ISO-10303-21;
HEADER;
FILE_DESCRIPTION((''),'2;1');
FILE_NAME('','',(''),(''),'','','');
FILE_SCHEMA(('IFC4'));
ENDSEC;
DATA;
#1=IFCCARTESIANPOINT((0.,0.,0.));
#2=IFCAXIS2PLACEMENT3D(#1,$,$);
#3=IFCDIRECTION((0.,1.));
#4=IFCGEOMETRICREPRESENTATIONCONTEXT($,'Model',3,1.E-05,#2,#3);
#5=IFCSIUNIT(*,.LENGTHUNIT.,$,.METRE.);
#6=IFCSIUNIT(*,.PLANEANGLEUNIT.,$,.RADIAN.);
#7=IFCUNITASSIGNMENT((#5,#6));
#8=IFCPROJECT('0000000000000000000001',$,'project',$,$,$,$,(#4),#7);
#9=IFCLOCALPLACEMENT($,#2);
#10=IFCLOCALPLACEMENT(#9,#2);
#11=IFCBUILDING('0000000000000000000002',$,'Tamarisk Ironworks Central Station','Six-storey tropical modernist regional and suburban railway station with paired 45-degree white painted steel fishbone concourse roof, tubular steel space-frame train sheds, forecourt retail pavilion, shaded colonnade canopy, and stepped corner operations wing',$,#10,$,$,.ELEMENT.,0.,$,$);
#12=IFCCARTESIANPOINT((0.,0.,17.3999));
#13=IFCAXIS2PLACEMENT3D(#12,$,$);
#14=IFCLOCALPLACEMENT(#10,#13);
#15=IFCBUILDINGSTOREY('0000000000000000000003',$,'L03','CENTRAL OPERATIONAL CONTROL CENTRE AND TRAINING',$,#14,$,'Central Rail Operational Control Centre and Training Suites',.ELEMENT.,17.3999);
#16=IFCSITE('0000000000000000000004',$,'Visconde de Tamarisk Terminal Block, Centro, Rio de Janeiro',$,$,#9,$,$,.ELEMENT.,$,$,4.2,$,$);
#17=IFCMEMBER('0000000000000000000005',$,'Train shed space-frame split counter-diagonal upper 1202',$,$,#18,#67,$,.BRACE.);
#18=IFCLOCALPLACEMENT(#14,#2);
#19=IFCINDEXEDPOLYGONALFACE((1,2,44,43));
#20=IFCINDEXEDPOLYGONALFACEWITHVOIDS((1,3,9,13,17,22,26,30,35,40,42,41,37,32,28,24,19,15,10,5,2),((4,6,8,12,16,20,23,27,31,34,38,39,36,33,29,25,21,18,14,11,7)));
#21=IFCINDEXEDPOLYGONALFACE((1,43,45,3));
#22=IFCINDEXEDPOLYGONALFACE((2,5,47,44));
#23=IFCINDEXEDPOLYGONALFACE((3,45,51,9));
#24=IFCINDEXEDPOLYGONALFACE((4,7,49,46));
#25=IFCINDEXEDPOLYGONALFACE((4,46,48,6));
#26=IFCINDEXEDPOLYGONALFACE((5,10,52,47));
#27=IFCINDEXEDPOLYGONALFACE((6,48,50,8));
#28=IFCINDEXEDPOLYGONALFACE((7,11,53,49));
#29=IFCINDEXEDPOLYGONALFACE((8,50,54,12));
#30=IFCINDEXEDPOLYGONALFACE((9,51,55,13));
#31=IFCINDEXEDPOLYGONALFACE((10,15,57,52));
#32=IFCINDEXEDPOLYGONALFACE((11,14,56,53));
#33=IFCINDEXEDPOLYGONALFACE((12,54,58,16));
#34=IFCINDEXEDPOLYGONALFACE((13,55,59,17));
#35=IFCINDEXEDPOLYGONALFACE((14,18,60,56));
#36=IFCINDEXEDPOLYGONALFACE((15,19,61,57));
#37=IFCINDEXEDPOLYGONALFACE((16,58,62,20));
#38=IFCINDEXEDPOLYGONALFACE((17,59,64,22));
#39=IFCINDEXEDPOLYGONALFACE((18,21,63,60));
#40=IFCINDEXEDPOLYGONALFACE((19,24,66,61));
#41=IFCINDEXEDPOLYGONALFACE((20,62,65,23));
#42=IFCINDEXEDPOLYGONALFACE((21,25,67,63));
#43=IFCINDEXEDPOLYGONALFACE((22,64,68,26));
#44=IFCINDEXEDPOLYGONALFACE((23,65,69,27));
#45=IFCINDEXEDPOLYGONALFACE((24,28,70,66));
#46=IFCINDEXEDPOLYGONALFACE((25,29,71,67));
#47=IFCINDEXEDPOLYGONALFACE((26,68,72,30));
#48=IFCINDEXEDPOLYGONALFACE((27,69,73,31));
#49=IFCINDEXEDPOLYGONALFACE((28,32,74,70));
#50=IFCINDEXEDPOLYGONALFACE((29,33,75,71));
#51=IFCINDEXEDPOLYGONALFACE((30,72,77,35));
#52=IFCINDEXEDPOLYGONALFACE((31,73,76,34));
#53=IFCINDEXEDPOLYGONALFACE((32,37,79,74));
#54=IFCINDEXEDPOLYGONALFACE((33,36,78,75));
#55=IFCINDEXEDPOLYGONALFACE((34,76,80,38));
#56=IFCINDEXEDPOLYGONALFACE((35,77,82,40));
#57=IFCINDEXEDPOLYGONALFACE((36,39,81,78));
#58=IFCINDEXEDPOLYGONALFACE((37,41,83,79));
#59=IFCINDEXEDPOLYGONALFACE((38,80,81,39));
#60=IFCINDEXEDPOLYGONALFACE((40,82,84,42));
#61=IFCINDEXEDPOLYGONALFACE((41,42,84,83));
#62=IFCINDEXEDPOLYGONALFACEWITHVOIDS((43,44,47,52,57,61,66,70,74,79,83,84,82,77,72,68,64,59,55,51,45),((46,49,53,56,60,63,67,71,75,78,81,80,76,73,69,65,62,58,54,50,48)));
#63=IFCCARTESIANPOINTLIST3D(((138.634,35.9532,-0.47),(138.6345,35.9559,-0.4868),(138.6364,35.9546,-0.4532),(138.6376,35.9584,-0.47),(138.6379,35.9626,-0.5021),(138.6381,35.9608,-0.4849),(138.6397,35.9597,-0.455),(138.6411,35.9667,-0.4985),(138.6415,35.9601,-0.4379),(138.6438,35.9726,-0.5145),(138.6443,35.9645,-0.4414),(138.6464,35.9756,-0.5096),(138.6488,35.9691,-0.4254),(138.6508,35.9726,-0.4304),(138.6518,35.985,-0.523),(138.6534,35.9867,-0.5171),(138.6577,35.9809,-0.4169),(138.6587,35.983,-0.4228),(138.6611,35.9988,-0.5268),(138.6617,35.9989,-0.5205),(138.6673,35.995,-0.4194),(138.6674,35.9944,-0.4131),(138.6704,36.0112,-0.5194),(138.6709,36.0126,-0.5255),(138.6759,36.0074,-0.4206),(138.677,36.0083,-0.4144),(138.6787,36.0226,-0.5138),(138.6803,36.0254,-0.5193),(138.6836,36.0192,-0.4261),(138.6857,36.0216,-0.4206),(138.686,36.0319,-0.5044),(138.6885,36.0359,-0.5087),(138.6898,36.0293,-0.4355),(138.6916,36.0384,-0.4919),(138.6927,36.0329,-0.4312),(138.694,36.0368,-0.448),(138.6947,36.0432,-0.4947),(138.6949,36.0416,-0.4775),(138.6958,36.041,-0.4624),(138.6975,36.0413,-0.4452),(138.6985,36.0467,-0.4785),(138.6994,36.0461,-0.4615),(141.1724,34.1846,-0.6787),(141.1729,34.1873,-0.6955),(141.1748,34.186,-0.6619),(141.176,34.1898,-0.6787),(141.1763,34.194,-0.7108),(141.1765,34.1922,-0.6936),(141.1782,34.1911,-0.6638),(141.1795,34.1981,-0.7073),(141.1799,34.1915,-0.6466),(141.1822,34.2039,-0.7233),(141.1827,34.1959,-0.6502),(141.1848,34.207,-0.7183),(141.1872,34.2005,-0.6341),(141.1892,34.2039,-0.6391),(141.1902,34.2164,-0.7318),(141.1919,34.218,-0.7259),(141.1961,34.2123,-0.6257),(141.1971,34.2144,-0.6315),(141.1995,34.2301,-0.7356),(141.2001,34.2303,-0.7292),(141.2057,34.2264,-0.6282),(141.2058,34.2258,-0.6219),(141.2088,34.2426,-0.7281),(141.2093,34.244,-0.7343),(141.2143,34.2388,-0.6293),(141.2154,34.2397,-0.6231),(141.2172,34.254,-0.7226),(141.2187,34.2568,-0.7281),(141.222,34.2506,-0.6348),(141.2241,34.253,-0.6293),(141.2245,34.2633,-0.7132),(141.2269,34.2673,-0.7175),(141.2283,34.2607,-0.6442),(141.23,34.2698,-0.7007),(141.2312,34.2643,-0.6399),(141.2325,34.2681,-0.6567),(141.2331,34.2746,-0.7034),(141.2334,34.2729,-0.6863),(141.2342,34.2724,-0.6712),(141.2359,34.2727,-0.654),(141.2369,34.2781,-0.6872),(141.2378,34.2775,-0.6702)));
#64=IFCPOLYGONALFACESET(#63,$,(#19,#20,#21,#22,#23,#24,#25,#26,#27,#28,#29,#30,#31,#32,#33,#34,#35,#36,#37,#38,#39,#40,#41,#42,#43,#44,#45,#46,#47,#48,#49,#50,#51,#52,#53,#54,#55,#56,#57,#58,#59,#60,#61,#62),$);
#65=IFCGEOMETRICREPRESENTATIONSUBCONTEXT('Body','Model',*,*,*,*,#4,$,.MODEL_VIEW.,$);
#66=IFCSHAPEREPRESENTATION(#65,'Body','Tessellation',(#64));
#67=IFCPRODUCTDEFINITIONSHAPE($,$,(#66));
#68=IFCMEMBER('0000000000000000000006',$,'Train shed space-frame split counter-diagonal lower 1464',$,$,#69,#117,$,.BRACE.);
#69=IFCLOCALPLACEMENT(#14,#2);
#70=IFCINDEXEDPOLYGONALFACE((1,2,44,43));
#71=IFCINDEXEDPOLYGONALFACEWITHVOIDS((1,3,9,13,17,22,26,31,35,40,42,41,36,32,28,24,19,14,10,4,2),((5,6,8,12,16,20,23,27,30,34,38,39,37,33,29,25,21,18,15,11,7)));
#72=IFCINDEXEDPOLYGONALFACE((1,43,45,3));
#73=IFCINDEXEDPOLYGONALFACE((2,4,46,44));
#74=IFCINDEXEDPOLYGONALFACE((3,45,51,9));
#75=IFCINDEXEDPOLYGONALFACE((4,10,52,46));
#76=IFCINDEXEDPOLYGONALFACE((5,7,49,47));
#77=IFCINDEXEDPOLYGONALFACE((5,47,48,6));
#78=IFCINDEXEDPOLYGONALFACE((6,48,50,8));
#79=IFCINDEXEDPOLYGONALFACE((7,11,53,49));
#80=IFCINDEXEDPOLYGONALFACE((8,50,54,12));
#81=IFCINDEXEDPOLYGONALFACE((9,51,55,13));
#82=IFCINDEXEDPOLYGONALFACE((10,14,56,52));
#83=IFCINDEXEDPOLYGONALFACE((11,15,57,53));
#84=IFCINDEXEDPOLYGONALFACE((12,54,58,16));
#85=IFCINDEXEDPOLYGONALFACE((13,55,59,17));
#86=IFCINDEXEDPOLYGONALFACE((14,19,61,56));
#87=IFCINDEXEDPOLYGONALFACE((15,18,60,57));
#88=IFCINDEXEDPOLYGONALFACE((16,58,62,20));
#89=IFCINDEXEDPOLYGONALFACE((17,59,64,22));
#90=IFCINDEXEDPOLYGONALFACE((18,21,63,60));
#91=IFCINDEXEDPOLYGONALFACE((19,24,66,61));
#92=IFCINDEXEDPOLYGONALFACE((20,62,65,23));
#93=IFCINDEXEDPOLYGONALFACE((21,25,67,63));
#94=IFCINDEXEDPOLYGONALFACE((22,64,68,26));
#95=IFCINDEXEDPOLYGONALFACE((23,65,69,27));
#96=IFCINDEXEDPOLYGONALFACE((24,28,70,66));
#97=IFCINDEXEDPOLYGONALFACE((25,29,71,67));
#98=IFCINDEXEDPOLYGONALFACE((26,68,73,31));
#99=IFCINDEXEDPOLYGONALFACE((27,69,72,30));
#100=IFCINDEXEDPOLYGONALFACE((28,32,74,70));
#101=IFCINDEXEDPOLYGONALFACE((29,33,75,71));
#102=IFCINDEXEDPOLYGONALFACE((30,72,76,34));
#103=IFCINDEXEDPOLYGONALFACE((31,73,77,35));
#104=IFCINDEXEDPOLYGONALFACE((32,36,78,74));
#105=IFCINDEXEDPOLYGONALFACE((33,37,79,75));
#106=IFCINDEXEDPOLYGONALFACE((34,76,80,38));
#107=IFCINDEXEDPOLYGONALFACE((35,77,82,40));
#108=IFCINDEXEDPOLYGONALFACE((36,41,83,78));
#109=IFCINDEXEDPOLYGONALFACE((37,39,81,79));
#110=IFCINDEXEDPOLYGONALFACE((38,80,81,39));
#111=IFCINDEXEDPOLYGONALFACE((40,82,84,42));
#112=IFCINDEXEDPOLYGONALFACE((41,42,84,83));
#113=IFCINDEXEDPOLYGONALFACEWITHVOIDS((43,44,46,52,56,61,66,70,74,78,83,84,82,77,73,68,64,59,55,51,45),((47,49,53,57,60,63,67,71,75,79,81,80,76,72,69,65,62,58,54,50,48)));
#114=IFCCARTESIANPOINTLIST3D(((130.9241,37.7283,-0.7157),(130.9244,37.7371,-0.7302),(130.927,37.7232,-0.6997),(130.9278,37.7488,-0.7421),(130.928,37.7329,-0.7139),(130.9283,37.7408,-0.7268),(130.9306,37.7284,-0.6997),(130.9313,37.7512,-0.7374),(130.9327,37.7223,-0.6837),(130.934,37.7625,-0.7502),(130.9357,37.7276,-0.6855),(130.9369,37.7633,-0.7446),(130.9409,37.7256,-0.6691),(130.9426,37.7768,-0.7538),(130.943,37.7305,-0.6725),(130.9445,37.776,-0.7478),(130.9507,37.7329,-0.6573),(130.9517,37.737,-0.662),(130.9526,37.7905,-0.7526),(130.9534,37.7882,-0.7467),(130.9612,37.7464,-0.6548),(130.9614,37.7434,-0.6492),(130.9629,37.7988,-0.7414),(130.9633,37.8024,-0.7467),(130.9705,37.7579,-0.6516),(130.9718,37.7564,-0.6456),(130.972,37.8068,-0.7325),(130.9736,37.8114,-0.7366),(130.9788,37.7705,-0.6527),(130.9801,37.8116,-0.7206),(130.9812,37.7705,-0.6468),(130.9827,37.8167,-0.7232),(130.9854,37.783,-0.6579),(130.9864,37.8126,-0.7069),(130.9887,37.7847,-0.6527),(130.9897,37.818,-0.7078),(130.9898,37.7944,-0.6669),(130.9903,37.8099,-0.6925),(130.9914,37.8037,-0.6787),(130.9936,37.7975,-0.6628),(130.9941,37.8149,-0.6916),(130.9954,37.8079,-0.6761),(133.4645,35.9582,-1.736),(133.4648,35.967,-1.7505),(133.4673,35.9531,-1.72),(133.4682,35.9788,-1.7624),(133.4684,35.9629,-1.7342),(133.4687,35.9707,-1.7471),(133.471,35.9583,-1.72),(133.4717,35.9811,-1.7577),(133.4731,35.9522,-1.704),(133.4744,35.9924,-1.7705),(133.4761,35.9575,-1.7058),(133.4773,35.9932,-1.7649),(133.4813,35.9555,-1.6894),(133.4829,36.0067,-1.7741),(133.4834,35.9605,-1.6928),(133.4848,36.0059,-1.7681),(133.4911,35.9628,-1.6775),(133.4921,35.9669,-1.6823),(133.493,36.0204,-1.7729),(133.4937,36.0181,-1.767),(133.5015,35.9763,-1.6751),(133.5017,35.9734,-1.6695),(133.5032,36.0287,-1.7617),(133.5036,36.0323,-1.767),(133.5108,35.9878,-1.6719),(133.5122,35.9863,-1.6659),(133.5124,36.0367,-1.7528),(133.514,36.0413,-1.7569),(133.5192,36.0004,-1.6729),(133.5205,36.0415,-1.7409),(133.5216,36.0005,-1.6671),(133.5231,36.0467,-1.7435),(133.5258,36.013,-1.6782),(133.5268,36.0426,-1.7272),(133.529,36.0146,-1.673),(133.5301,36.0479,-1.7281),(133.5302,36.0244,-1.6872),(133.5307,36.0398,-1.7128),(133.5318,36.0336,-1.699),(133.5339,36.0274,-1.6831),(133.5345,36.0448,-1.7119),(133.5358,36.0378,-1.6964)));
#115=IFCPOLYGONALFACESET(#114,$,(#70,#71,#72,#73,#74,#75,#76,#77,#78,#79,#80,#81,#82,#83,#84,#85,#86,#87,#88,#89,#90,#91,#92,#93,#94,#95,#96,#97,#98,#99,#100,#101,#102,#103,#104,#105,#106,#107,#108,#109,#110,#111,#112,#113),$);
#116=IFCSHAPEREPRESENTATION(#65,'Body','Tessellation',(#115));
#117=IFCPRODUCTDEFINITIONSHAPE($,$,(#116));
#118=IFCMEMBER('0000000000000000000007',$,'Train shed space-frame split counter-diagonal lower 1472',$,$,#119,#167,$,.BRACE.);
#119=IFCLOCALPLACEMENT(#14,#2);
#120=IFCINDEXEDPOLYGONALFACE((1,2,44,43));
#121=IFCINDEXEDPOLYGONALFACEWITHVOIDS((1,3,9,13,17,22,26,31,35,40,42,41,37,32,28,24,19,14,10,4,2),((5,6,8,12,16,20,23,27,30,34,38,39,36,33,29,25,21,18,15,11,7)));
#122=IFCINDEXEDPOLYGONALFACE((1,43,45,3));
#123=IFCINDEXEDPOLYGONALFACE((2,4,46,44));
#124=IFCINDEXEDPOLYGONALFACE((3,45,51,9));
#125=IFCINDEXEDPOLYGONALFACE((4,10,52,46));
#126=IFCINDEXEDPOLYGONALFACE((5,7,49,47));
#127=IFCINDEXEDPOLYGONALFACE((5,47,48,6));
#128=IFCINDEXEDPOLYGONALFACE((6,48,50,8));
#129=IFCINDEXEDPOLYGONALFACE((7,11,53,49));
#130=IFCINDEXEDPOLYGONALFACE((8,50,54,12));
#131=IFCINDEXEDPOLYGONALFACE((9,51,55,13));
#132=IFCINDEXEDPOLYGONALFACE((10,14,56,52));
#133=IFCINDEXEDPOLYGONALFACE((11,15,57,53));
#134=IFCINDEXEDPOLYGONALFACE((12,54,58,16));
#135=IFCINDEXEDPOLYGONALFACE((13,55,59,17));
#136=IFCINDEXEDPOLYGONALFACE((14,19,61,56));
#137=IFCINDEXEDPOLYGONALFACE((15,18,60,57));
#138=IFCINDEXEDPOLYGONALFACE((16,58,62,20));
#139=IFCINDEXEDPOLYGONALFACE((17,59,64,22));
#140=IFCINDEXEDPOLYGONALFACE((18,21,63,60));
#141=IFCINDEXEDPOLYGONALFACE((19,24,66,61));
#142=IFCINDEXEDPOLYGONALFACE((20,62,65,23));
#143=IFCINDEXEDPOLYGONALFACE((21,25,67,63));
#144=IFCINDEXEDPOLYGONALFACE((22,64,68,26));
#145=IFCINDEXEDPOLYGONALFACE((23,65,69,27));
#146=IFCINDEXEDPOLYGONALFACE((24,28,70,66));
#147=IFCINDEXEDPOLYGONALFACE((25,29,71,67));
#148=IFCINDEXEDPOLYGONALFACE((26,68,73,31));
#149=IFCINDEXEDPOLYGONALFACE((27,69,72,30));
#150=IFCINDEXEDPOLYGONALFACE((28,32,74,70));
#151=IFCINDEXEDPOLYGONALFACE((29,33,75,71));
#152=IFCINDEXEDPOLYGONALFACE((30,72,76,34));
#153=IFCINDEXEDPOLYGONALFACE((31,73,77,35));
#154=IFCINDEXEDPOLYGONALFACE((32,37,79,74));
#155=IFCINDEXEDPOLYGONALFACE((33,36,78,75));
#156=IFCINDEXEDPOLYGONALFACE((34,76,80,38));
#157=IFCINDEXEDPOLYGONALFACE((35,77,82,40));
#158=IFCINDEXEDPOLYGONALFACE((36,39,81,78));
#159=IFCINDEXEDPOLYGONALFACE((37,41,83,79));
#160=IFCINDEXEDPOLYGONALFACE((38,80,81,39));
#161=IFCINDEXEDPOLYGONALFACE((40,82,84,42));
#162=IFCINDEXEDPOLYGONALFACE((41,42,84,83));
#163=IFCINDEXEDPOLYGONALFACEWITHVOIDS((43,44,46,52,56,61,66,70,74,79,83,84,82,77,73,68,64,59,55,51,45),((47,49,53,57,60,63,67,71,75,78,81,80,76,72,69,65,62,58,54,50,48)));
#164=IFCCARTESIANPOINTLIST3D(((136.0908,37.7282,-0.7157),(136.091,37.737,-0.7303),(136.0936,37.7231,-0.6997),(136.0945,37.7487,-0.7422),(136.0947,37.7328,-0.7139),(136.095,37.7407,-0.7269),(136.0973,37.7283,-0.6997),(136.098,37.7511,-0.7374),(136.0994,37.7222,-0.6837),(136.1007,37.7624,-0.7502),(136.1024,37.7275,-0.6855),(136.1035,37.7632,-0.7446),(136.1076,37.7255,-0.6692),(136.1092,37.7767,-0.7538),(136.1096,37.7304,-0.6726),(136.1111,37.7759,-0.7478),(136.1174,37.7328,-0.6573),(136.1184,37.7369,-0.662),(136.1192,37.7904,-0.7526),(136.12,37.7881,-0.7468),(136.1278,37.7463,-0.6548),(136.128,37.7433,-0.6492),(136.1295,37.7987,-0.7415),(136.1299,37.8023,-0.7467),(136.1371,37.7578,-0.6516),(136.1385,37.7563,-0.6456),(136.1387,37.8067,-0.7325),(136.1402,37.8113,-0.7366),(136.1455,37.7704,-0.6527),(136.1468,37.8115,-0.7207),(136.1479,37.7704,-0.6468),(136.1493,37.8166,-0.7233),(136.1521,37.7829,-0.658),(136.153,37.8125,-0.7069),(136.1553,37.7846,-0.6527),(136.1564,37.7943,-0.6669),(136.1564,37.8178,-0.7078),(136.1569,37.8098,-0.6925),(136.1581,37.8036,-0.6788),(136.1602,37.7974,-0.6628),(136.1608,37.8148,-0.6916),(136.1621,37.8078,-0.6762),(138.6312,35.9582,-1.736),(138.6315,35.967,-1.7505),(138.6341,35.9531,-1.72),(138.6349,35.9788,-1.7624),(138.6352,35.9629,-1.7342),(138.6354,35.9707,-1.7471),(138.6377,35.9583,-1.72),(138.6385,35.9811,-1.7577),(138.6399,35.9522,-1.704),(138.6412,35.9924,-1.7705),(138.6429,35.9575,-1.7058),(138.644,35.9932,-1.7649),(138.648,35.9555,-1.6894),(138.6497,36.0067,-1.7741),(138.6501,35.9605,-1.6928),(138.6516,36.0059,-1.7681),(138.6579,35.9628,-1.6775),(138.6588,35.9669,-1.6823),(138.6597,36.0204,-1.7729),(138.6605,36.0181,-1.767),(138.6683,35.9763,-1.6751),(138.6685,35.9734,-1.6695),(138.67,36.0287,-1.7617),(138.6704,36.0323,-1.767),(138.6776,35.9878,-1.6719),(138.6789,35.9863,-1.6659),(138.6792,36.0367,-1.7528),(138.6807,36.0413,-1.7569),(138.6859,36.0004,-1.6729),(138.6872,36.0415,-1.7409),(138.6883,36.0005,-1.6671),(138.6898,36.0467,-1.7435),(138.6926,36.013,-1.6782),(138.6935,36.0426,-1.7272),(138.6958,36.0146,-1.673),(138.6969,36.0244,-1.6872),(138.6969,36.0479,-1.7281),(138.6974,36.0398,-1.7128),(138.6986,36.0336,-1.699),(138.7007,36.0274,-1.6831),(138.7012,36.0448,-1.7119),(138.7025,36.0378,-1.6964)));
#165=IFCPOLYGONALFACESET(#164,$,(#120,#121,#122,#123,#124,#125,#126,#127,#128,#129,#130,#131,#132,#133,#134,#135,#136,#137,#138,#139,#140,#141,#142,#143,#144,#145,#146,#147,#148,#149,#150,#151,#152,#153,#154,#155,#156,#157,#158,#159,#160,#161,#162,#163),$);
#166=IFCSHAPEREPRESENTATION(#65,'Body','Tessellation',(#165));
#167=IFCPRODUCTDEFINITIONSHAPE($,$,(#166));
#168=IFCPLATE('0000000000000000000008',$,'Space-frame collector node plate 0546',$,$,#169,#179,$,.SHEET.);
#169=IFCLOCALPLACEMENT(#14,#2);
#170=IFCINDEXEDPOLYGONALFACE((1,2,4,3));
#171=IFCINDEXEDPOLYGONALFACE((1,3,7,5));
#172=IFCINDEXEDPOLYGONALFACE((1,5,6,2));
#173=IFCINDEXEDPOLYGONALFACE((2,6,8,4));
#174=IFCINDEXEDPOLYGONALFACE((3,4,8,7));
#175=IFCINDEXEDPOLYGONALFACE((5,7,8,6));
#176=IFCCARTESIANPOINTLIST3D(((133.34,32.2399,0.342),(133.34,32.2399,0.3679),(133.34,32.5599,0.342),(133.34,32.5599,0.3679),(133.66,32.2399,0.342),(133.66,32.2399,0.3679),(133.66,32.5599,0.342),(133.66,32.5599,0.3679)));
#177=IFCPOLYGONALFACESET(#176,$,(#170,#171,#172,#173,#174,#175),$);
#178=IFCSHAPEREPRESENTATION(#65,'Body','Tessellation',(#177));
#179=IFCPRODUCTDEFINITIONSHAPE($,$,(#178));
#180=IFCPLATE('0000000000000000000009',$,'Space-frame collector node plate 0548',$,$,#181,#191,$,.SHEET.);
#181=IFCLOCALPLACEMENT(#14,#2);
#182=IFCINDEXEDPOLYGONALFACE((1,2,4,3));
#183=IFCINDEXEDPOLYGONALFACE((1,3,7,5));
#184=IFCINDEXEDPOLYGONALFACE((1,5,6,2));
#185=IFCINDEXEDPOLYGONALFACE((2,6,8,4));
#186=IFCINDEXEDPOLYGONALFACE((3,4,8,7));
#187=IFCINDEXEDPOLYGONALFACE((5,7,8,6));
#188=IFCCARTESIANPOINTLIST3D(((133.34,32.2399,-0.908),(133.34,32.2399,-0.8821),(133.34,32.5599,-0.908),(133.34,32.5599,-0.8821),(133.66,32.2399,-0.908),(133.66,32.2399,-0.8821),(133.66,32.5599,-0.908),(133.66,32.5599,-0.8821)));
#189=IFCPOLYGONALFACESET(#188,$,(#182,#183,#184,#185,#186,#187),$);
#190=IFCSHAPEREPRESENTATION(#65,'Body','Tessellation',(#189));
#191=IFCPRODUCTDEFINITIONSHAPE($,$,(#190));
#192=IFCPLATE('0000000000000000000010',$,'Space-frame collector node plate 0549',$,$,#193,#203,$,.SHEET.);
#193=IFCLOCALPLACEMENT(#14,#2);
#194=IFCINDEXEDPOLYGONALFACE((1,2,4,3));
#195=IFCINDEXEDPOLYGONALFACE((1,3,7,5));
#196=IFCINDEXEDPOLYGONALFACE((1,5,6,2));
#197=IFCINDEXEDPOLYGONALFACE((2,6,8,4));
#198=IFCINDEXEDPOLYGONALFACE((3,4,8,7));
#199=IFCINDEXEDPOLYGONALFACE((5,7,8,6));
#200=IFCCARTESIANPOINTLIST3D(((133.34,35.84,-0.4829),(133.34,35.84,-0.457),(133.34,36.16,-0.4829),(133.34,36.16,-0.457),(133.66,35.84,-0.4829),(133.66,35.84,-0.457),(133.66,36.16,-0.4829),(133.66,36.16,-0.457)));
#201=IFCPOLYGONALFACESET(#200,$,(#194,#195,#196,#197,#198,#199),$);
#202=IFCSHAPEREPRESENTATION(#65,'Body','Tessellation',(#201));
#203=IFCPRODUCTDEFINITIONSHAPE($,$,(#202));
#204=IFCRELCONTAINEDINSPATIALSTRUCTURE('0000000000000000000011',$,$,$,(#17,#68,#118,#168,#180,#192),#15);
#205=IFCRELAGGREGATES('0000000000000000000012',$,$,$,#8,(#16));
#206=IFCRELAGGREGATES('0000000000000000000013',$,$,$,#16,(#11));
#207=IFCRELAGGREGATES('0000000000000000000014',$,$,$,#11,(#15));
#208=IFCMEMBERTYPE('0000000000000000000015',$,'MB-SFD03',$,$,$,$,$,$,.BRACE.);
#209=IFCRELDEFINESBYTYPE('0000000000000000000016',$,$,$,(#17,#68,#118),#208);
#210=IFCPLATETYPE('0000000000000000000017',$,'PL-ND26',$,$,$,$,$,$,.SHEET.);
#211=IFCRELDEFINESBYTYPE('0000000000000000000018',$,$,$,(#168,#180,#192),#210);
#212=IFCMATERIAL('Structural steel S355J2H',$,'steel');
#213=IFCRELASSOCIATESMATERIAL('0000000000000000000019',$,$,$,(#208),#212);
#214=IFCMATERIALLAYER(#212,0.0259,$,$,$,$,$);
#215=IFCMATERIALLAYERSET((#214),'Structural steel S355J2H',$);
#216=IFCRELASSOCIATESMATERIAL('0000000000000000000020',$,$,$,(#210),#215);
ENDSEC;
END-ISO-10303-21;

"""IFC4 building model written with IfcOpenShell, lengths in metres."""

from ifc_helpers import new_model, si_unit, direction, frame, origin, origin_2d, place, context, subcontext, project, spatial, rectangle, hollow_circle, extrude, material, layer, layer_set, material_profile, profile_set, type_object, element, save


model = new_model("IFC4")

# Units and contexts
model_context = context("Model", 3, precision=1e-05, world=origin(), true_north=direction((0.0, 1.0)))
body_context = subcontext(model_context, "Body", "Model", "MODEL_VIEW")
ifc_project = project(units=[si_unit("LENGTHUNIT", "METRE"), si_unit("PLANEANGLEUNIT", "RADIAN")], contexts=[model_context])

# Site, building, storey
site_placement = place(None, origin())
site = spatial("IfcSite", under=ifc_project, at=site_placement, Name="Visconde de Tamarisk Terminal Block, Centro, Rio de Janeiro", CompositionType="ELEMENT", RefElevation=4.2)
building_placement = place(site_placement, origin())
building = spatial("IfcBuilding", under=site, at=building_placement, Name="Tamarisk Ironworks Central Station", Description="Six-storey tropical modernist regional and suburban railway station with paired 45-degree white painted steel fishbone concourse roof, tubular steel space-frame train sheds, forecourt retail pavilion, shaded colonnade canopy, and stepped corner operations wing", CompositionType="ELEMENT", ElevationOfRefHeight=0.0)
storey_placement = place(building_placement, frame((0.0, 0.0, 17.3999)))
storey = spatial("IfcBuildingStorey", under=building, at=storey_placement, Name="L03", Description="CENTRAL OPERATIONAL CONTROL CENTRE AND TRAINING", LongName="Central Rail Operational Control Centre and Training Suites", CompositionType="ELEMENT", Elevation=17.3999)

# Members
ifc_material_1 = material(Name="Structural steel S355J2H", Category="steel")
ifc_material_profile_1 = material_profile(ifc_material_1, hollow_circle(Radius=0.0571, WallThickness=0.0063, at=origin_2d()), Name="CHS 114.3x6.3")
ifc_profile_set_1 = profile_set([ifc_material_profile_1], Name="Structural steel S355J2H")
member_type_1 = type_object("IfcMemberType", Name="MB-SFD03", PredefinedType="BRACE", material=ifc_profile_set_1)
for number, where, z_axis, x_axis, name in (
    (1, (141.2051, 34.2314, -0.6787), (-0.818625, 0.570369, 0.06732), (-0.571666, -0.820487, 0.0), "Train shed space-frame split counter-diagonal upper 1202"),
):
    element("IfcMember", number, at=place(storey_placement, frame(where, z_axis=z_axis, x_axis=x_axis)), inside=storey, type_object=member_type_1, Name=name, PredefinedType="BRACE", context=body_context, shape_type="SweptSolid", body=[
        extrude(hollow_circle(Radius=0.0571, WallThickness=0.0063, at=origin_2d()), origin(), (0.0, 0.0, 1.0), 3.1008),
    ])
for number, where, z_axis, x_axis, name in (
    (2, (133.5, 36.0, -1.72), (-0.779252, 0.542967, 0.312974), (-0.571688, -0.820471, 0.0), "Train shed space-frame split counter-diagonal lower 1464"),
    (3, (138.6667, 36.0, -1.72), (-0.779281, 0.542936, 0.312956), (-0.571651, -0.820497, 0.0), "Train shed space-frame split counter-diagonal lower 1472"),
):
    element("IfcMember", number, at=place(storey_placement, frame(where, z_axis=z_axis, x_axis=x_axis)), inside=storey, type_object=member_type_1, Name=name, PredefinedType="BRACE", context=body_context, shape_type="SweptSolid", body=[
        extrude(hollow_circle(Radius=0.0571, WallThickness=0.0063, at=origin_2d()), origin(), (0.0, 0.0, 1.0), 3.26),
    ])

# Plates
ifc_layer = layer(ifc_material_1, 0.0259)
ifc_layer_set = layer_set([ifc_layer], Name="Structural steel S355J2H")
plate_type = type_object("IfcPlateType", Name="PL-ND26", PredefinedType="SHEET", material=ifc_layer_set)
for number, where, z_axis, x_axis, name in (
    (4, (133.5, 32.3999, 0.342), (0.0, 0.0, 1.0), (1.0, 0.0, 0.0), "Space-frame collector node plate 0546"),
    (5, (133.5, 32.3999, -0.908), (0.0, 0.0, 1.0), (1.0, 0.0, 0.0), "Space-frame collector node plate 0548"),
    (6, (133.5, 36.0, -0.4829), (0.0, 0.0, 1.0), (1.0, 0.0, 0.0), "Space-frame collector node plate 0549"),
):
    element("IfcPlate", number, at=place(storey_placement, frame(where, z_axis=z_axis, x_axis=x_axis)), inside=storey, type_object=plate_type, Name=name, PredefinedType="SHEET", context=body_context, shape_type="SweptSolid", body=[
        extrude(rectangle(XDim=0.3201, YDim=0.3201, at=origin_2d()), origin(), (0.0, 0.0, 1.0), 0.0259),
    ])

save(model, "model.ifc")
